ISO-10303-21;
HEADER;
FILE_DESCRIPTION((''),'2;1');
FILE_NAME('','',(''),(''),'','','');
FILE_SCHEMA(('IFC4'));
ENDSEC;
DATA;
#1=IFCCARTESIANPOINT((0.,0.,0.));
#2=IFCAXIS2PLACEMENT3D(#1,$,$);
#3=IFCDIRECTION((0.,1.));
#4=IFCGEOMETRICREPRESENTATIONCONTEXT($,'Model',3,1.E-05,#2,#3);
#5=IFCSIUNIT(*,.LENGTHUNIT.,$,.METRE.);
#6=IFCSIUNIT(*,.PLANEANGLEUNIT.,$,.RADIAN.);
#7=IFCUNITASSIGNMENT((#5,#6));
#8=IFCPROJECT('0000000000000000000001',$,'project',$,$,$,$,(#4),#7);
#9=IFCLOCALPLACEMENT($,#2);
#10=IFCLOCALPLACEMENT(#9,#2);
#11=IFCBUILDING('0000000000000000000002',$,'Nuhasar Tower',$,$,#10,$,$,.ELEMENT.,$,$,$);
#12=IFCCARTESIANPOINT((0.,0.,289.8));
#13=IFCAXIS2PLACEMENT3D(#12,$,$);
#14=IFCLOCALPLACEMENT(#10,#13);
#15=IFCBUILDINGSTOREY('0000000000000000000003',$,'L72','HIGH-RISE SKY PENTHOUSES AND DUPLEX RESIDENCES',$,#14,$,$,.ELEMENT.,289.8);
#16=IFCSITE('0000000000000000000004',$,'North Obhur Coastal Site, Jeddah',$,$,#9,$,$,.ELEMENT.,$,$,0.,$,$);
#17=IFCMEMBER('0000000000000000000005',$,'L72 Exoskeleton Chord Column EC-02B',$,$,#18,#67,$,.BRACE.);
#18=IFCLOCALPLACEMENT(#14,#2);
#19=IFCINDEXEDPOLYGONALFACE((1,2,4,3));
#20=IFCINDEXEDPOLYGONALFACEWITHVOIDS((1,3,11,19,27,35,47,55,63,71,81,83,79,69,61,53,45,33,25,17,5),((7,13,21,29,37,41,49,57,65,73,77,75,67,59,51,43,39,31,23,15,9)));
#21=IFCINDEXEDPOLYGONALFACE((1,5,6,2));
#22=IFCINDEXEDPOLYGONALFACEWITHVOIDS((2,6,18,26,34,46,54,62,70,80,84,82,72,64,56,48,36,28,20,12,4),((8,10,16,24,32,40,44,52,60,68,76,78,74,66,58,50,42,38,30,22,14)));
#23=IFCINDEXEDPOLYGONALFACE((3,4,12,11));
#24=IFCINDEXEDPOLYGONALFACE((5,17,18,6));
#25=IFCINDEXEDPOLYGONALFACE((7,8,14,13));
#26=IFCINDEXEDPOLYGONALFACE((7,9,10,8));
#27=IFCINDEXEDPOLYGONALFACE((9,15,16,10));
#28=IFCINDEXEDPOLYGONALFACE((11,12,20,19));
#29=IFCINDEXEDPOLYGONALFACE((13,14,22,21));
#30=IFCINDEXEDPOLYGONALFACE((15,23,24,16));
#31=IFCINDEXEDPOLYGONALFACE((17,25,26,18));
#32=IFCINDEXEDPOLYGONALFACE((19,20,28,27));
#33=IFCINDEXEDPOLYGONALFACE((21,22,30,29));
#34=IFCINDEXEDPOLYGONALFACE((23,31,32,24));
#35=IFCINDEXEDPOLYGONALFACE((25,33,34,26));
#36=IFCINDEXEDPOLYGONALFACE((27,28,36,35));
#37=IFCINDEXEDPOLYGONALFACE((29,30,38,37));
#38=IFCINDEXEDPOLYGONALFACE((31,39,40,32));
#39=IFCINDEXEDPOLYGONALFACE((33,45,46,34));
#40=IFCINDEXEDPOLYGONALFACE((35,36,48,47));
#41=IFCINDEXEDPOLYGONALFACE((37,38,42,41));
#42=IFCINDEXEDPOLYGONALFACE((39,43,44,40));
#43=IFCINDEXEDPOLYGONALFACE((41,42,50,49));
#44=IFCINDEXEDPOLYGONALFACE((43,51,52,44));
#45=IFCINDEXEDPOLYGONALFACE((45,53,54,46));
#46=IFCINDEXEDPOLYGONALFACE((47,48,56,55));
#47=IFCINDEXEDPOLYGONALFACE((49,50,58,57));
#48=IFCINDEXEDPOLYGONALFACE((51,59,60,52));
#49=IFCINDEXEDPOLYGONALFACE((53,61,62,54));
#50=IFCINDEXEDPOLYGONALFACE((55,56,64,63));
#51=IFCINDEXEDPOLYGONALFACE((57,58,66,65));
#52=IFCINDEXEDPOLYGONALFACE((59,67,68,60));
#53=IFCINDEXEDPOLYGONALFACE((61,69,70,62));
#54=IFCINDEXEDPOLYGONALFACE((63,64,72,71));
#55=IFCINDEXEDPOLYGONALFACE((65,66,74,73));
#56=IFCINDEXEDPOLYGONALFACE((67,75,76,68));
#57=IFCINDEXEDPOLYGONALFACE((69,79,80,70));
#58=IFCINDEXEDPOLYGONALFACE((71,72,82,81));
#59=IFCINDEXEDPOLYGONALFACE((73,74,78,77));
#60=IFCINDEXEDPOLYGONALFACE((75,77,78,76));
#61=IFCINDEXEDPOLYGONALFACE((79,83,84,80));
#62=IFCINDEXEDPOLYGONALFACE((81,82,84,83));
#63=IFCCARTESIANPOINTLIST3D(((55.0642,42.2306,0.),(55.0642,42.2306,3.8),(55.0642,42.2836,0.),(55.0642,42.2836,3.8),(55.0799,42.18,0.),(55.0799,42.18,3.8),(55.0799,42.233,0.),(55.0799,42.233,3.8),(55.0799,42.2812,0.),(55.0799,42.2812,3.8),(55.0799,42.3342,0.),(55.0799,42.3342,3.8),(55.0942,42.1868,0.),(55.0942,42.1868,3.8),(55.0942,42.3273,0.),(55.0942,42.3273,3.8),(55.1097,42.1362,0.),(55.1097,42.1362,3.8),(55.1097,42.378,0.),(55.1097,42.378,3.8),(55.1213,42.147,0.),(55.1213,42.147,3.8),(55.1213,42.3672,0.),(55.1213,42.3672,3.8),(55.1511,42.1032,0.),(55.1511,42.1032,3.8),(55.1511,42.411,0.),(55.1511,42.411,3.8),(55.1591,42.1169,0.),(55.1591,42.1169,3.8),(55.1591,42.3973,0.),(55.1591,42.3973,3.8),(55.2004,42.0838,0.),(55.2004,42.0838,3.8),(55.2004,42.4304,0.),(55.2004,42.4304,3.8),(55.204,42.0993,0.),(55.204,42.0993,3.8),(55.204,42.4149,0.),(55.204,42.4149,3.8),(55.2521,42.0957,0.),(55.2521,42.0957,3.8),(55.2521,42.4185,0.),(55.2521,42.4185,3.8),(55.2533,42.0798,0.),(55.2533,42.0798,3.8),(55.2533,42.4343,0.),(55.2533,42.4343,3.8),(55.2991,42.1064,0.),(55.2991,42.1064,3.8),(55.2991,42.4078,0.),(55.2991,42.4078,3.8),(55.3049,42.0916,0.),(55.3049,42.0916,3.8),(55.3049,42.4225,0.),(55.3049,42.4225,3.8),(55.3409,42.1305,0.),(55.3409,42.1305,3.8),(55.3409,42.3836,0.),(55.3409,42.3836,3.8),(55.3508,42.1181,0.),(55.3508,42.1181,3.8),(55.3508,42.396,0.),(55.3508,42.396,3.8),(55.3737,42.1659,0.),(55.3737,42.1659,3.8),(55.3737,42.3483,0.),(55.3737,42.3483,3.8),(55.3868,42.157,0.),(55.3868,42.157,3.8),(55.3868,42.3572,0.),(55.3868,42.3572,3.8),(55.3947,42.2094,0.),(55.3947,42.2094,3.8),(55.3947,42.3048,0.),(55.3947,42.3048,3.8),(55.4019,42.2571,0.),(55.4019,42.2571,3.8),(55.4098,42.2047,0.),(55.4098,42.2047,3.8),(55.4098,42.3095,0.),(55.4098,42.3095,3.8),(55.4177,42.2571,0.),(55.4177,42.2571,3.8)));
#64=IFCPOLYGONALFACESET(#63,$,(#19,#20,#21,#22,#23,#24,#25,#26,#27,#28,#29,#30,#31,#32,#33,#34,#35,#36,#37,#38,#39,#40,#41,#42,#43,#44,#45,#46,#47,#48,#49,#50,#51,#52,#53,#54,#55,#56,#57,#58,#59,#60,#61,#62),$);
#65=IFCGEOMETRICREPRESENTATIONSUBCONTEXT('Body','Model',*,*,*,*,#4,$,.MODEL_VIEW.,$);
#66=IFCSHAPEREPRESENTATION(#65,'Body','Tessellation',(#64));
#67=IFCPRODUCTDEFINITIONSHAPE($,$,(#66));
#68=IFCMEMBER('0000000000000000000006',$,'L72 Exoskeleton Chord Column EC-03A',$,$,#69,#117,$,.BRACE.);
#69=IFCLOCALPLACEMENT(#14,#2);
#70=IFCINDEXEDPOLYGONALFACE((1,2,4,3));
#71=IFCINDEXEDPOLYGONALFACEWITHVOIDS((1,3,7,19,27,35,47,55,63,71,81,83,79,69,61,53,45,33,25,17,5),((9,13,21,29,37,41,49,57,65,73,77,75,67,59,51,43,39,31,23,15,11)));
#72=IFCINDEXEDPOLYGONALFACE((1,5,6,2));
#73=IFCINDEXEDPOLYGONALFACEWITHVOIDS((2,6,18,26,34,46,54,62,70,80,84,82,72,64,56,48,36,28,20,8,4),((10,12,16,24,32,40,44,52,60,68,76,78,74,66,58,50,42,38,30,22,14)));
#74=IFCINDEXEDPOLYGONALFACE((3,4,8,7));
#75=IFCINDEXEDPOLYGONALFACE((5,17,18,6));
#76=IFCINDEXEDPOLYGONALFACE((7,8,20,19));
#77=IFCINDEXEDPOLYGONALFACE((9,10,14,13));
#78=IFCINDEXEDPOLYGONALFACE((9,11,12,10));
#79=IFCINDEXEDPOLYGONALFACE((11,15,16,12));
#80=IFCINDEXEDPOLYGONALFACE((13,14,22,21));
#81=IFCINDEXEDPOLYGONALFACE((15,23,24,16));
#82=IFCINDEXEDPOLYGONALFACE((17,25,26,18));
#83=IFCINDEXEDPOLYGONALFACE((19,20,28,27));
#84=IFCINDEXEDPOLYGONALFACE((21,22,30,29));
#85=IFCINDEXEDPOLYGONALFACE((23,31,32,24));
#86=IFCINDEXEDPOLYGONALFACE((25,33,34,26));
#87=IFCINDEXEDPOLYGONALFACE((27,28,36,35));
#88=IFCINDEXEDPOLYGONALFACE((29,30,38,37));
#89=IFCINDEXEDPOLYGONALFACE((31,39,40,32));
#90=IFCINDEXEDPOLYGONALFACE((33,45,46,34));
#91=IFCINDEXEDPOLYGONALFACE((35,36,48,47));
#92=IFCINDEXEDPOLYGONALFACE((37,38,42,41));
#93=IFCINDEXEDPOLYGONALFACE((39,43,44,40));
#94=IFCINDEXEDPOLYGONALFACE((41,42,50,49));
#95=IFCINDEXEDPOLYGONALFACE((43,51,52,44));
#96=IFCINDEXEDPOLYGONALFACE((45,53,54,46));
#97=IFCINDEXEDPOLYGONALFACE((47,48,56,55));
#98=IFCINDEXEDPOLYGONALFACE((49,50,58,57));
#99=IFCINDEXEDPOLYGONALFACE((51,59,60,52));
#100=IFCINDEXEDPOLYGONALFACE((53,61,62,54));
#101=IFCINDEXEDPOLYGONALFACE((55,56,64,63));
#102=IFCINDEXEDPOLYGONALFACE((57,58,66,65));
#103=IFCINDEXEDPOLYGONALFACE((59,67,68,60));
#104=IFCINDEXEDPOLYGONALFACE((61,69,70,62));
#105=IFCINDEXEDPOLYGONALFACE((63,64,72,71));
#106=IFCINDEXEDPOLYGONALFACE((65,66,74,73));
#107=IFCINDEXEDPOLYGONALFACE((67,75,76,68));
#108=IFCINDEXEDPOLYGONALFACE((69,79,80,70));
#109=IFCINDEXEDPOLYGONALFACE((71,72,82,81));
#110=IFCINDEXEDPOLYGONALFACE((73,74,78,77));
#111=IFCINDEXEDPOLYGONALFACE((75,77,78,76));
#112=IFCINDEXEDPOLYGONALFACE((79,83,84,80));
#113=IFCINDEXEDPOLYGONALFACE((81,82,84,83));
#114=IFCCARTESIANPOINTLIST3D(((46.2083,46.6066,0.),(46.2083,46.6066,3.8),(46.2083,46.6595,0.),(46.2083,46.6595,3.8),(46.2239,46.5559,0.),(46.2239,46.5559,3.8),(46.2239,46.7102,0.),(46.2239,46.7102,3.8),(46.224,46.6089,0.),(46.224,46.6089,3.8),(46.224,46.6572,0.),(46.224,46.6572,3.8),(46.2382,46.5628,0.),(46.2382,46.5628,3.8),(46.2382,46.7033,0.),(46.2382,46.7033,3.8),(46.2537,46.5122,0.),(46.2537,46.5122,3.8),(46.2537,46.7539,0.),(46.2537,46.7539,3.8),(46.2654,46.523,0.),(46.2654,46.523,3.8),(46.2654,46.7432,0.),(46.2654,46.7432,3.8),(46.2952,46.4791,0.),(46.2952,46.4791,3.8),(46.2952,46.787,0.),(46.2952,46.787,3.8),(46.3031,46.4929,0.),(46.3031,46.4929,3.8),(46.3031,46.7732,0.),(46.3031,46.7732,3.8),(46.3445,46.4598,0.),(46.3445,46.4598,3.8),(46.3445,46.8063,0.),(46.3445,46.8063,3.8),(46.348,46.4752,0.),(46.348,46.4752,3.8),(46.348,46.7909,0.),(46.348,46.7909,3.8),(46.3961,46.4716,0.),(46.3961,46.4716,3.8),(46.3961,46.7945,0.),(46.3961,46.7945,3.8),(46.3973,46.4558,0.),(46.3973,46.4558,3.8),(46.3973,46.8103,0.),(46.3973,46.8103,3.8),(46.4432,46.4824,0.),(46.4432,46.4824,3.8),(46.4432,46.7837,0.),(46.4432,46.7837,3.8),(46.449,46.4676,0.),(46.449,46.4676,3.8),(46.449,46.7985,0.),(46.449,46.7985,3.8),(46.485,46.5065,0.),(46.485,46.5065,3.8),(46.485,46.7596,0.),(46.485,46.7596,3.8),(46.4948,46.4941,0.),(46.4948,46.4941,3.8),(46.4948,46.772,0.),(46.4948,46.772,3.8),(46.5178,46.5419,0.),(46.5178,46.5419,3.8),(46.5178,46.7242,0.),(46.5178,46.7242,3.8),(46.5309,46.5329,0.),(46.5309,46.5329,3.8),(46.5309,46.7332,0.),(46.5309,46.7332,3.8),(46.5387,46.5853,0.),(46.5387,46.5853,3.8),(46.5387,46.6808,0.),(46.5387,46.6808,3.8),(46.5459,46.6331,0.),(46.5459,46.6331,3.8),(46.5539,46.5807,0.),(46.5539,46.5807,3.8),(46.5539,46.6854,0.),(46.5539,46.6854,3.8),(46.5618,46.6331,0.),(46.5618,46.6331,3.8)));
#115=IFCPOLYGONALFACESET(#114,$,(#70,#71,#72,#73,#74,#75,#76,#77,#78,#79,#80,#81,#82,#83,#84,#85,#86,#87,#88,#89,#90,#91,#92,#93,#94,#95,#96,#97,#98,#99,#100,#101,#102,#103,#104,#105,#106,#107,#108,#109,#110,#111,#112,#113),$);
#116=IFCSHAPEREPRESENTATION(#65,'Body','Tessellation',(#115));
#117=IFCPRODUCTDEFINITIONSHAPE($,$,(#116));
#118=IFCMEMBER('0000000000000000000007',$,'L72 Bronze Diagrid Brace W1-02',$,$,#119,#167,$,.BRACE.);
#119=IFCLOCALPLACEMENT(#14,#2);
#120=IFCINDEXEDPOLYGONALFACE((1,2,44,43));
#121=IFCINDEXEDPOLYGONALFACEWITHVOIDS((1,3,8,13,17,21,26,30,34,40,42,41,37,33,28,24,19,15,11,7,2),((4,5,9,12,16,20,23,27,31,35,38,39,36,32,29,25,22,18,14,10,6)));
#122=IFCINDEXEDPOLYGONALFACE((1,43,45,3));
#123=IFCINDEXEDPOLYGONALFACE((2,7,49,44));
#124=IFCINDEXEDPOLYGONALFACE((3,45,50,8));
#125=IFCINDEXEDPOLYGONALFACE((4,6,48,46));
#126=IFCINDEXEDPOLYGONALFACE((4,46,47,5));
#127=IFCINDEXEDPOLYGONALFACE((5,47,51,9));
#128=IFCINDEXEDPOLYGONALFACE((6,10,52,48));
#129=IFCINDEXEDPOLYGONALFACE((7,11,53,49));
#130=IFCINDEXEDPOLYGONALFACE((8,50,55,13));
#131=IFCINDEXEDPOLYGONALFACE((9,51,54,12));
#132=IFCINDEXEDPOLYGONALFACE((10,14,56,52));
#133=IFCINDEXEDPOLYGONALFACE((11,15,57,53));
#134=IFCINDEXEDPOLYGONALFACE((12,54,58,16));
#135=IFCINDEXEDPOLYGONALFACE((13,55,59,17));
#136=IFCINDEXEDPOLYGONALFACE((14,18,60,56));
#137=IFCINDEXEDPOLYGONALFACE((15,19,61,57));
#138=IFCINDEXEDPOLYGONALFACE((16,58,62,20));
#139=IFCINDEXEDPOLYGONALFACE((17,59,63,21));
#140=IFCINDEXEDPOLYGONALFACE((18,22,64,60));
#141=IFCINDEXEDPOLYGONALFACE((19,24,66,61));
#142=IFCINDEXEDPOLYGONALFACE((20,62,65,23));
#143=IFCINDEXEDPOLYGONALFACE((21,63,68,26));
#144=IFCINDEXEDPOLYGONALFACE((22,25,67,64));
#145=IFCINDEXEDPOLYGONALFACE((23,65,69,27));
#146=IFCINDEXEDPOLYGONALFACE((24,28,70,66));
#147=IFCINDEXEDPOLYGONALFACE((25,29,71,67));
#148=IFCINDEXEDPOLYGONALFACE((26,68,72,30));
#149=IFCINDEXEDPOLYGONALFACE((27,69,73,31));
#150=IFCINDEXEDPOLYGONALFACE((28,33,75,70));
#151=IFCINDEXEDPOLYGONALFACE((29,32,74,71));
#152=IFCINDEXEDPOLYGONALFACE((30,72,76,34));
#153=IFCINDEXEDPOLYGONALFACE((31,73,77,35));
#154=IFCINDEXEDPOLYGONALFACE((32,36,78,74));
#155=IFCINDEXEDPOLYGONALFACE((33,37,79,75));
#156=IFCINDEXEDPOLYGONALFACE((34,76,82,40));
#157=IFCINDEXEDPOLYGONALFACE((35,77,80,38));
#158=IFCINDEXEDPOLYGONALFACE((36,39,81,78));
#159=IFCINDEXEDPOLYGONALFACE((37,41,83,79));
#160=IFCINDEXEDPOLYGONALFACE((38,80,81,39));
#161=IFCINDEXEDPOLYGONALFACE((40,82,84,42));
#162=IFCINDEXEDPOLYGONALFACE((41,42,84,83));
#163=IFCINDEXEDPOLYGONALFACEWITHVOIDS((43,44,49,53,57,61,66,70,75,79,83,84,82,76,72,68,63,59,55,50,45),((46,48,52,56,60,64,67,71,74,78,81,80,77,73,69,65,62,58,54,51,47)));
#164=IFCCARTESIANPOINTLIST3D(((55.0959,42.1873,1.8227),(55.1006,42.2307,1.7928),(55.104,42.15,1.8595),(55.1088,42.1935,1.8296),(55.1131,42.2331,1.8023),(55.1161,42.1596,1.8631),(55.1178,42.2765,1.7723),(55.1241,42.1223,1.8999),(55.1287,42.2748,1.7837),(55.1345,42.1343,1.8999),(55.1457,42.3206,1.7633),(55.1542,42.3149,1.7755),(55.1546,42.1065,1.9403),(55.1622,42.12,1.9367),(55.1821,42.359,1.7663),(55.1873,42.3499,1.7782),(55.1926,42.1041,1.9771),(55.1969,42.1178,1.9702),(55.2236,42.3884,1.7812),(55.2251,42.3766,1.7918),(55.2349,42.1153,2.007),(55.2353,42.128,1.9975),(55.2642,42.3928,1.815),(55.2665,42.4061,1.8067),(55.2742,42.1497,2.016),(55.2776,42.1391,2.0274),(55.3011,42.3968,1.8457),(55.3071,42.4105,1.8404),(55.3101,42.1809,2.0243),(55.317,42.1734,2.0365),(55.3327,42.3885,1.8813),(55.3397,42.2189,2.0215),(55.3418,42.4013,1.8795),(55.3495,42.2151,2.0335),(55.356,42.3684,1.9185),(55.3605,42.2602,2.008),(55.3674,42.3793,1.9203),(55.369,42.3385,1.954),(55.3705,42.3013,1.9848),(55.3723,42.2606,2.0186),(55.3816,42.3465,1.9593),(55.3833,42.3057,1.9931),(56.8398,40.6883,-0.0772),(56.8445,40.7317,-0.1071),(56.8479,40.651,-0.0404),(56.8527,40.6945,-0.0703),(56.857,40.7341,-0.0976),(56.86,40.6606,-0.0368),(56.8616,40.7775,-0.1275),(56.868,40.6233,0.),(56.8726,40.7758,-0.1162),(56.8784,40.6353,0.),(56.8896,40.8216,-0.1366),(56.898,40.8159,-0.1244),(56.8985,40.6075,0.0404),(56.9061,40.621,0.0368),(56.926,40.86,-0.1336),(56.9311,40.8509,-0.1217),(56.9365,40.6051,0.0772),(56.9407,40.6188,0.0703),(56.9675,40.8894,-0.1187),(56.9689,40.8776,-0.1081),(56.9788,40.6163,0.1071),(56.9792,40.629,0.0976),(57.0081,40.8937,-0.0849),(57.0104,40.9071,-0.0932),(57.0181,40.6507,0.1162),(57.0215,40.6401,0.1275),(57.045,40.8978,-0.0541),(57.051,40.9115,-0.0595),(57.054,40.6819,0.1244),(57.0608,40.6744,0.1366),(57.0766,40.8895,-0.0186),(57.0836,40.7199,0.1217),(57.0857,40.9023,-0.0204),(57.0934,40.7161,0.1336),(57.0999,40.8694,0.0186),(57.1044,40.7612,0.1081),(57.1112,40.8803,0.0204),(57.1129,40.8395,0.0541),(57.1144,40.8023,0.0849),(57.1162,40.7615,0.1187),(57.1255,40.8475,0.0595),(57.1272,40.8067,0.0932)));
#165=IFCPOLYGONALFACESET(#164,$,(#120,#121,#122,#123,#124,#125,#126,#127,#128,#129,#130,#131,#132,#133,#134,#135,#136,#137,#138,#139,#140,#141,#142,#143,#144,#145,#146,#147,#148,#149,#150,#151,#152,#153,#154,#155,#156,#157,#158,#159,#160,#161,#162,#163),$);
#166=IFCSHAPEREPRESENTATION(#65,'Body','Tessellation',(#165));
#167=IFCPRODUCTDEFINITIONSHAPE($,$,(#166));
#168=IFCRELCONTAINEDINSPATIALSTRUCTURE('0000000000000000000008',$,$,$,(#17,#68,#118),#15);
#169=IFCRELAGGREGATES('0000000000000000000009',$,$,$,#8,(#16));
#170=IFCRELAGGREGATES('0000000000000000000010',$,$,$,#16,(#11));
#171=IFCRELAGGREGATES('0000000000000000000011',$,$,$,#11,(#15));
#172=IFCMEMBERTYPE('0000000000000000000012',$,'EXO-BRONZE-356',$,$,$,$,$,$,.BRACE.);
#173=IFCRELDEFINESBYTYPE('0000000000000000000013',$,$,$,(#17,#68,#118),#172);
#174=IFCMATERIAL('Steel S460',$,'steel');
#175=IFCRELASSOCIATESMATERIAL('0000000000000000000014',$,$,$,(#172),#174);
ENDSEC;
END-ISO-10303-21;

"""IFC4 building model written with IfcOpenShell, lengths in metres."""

from ifc_helpers import new_model, si_unit, direction, frame, origin, origin_2d, place, context, subcontext, project, spatial, hollow_circle, extrude, material, material_profile, profile_set, type_object, element, save


model = new_model("IFC4")

# Units and contexts
model_context = context("Model", 3, precision=1e-05, world=origin(), true_north=direction((0.0, 1.0)))
body_context = subcontext(model_context, "Body", "Model", "MODEL_VIEW")
ifc_project = project(units=[si_unit("LENGTHUNIT", "METRE"), si_unit("PLANEANGLEUNIT", "RADIAN")], contexts=[model_context])

# Site, building, storey
site_placement = place(None, origin())
site = spatial("IfcSite", under=ifc_project, at=site_placement, Name="North Obhur Coastal Site, Jeddah", CompositionType="ELEMENT", RefElevation=0.0)
building_placement = place(site_placement, origin())
building = spatial("IfcBuilding", under=site, at=building_placement, Name="Nuhasar Tower", CompositionType="ELEMENT")
storey_placement = place(building_placement, frame((0.0, 0.0, 289.8)))
storey = spatial("IfcBuildingStorey", under=building, at=storey_placement, Name="L72", Description="HIGH-RISE SKY PENTHOUSES AND DUPLEX RESIDENCES", CompositionType="ELEMENT", Elevation=289.8)

# Members
ifc_material_1 = material(Name="Steel S460", Category="steel")
ifc_material_profile_1 = material_profile(ifc_material_1, hollow_circle(Radius=0.1777, WallThickness=0.0159, at=origin_2d()), Name="HSS355.6X15.9")
ifc_profile_set_1 = profile_set([ifc_material_profile_1], Name="Steel S460")
member_type_1 = type_object("IfcMemberType", Name="EXO-BRONZE-356", PredefinedType="BRACE", material=ifc_profile_set_1)
for number, where, z_axis, x_axis, name in (
    (1, (55.24, 42.2571, 0.0), (0.0, 0.0, 1.0), (1.0, 0.0, 0.0), "L72 Exoskeleton Chord Column EC-02B"),
    (2, (46.384, 46.6331, 0.0), (0.0, 0.0, 1.0), (1.0, 0.0, 0.0), "L72 Exoskeleton Chord Column EC-03A"),
):
    element("IfcMember", number, at=place(storey_placement, frame(where, z_axis=z_axis, x_axis=x_axis)), inside=storey, type_object=member_type_1, Name=name, PredefinedType="BRACE", context=body_context, shape_type="SweptSolid", body=[
        extrude(hollow_circle(Radius=0.1777, WallThickness=0.0159, at=origin_2d()), origin(), (0.0, 0.0, 1.0), 3.8),
    ])
member_1_placement = place(storey_placement, frame((56.9839, 40.7581, 0.0), z_axis=(-0.584625, 0.502534, 0.636925), x_axis=(-0.651857, -0.758342, 0.0)))
element("IfcMember", 3, at=member_1_placement, inside=storey, type_object=member_type_1, Name="L72 Bronze Diagrid Brace W1-02", PredefinedType="BRACE", context=body_context, shape_type="SweptSolid", body=[
    extrude(hollow_circle(Radius=0.1777, WallThickness=0.0159, at=origin_2d()), origin(), (0.0, 0.0, 1.0), 2.9829),
])

save(model, "model.ifc")
